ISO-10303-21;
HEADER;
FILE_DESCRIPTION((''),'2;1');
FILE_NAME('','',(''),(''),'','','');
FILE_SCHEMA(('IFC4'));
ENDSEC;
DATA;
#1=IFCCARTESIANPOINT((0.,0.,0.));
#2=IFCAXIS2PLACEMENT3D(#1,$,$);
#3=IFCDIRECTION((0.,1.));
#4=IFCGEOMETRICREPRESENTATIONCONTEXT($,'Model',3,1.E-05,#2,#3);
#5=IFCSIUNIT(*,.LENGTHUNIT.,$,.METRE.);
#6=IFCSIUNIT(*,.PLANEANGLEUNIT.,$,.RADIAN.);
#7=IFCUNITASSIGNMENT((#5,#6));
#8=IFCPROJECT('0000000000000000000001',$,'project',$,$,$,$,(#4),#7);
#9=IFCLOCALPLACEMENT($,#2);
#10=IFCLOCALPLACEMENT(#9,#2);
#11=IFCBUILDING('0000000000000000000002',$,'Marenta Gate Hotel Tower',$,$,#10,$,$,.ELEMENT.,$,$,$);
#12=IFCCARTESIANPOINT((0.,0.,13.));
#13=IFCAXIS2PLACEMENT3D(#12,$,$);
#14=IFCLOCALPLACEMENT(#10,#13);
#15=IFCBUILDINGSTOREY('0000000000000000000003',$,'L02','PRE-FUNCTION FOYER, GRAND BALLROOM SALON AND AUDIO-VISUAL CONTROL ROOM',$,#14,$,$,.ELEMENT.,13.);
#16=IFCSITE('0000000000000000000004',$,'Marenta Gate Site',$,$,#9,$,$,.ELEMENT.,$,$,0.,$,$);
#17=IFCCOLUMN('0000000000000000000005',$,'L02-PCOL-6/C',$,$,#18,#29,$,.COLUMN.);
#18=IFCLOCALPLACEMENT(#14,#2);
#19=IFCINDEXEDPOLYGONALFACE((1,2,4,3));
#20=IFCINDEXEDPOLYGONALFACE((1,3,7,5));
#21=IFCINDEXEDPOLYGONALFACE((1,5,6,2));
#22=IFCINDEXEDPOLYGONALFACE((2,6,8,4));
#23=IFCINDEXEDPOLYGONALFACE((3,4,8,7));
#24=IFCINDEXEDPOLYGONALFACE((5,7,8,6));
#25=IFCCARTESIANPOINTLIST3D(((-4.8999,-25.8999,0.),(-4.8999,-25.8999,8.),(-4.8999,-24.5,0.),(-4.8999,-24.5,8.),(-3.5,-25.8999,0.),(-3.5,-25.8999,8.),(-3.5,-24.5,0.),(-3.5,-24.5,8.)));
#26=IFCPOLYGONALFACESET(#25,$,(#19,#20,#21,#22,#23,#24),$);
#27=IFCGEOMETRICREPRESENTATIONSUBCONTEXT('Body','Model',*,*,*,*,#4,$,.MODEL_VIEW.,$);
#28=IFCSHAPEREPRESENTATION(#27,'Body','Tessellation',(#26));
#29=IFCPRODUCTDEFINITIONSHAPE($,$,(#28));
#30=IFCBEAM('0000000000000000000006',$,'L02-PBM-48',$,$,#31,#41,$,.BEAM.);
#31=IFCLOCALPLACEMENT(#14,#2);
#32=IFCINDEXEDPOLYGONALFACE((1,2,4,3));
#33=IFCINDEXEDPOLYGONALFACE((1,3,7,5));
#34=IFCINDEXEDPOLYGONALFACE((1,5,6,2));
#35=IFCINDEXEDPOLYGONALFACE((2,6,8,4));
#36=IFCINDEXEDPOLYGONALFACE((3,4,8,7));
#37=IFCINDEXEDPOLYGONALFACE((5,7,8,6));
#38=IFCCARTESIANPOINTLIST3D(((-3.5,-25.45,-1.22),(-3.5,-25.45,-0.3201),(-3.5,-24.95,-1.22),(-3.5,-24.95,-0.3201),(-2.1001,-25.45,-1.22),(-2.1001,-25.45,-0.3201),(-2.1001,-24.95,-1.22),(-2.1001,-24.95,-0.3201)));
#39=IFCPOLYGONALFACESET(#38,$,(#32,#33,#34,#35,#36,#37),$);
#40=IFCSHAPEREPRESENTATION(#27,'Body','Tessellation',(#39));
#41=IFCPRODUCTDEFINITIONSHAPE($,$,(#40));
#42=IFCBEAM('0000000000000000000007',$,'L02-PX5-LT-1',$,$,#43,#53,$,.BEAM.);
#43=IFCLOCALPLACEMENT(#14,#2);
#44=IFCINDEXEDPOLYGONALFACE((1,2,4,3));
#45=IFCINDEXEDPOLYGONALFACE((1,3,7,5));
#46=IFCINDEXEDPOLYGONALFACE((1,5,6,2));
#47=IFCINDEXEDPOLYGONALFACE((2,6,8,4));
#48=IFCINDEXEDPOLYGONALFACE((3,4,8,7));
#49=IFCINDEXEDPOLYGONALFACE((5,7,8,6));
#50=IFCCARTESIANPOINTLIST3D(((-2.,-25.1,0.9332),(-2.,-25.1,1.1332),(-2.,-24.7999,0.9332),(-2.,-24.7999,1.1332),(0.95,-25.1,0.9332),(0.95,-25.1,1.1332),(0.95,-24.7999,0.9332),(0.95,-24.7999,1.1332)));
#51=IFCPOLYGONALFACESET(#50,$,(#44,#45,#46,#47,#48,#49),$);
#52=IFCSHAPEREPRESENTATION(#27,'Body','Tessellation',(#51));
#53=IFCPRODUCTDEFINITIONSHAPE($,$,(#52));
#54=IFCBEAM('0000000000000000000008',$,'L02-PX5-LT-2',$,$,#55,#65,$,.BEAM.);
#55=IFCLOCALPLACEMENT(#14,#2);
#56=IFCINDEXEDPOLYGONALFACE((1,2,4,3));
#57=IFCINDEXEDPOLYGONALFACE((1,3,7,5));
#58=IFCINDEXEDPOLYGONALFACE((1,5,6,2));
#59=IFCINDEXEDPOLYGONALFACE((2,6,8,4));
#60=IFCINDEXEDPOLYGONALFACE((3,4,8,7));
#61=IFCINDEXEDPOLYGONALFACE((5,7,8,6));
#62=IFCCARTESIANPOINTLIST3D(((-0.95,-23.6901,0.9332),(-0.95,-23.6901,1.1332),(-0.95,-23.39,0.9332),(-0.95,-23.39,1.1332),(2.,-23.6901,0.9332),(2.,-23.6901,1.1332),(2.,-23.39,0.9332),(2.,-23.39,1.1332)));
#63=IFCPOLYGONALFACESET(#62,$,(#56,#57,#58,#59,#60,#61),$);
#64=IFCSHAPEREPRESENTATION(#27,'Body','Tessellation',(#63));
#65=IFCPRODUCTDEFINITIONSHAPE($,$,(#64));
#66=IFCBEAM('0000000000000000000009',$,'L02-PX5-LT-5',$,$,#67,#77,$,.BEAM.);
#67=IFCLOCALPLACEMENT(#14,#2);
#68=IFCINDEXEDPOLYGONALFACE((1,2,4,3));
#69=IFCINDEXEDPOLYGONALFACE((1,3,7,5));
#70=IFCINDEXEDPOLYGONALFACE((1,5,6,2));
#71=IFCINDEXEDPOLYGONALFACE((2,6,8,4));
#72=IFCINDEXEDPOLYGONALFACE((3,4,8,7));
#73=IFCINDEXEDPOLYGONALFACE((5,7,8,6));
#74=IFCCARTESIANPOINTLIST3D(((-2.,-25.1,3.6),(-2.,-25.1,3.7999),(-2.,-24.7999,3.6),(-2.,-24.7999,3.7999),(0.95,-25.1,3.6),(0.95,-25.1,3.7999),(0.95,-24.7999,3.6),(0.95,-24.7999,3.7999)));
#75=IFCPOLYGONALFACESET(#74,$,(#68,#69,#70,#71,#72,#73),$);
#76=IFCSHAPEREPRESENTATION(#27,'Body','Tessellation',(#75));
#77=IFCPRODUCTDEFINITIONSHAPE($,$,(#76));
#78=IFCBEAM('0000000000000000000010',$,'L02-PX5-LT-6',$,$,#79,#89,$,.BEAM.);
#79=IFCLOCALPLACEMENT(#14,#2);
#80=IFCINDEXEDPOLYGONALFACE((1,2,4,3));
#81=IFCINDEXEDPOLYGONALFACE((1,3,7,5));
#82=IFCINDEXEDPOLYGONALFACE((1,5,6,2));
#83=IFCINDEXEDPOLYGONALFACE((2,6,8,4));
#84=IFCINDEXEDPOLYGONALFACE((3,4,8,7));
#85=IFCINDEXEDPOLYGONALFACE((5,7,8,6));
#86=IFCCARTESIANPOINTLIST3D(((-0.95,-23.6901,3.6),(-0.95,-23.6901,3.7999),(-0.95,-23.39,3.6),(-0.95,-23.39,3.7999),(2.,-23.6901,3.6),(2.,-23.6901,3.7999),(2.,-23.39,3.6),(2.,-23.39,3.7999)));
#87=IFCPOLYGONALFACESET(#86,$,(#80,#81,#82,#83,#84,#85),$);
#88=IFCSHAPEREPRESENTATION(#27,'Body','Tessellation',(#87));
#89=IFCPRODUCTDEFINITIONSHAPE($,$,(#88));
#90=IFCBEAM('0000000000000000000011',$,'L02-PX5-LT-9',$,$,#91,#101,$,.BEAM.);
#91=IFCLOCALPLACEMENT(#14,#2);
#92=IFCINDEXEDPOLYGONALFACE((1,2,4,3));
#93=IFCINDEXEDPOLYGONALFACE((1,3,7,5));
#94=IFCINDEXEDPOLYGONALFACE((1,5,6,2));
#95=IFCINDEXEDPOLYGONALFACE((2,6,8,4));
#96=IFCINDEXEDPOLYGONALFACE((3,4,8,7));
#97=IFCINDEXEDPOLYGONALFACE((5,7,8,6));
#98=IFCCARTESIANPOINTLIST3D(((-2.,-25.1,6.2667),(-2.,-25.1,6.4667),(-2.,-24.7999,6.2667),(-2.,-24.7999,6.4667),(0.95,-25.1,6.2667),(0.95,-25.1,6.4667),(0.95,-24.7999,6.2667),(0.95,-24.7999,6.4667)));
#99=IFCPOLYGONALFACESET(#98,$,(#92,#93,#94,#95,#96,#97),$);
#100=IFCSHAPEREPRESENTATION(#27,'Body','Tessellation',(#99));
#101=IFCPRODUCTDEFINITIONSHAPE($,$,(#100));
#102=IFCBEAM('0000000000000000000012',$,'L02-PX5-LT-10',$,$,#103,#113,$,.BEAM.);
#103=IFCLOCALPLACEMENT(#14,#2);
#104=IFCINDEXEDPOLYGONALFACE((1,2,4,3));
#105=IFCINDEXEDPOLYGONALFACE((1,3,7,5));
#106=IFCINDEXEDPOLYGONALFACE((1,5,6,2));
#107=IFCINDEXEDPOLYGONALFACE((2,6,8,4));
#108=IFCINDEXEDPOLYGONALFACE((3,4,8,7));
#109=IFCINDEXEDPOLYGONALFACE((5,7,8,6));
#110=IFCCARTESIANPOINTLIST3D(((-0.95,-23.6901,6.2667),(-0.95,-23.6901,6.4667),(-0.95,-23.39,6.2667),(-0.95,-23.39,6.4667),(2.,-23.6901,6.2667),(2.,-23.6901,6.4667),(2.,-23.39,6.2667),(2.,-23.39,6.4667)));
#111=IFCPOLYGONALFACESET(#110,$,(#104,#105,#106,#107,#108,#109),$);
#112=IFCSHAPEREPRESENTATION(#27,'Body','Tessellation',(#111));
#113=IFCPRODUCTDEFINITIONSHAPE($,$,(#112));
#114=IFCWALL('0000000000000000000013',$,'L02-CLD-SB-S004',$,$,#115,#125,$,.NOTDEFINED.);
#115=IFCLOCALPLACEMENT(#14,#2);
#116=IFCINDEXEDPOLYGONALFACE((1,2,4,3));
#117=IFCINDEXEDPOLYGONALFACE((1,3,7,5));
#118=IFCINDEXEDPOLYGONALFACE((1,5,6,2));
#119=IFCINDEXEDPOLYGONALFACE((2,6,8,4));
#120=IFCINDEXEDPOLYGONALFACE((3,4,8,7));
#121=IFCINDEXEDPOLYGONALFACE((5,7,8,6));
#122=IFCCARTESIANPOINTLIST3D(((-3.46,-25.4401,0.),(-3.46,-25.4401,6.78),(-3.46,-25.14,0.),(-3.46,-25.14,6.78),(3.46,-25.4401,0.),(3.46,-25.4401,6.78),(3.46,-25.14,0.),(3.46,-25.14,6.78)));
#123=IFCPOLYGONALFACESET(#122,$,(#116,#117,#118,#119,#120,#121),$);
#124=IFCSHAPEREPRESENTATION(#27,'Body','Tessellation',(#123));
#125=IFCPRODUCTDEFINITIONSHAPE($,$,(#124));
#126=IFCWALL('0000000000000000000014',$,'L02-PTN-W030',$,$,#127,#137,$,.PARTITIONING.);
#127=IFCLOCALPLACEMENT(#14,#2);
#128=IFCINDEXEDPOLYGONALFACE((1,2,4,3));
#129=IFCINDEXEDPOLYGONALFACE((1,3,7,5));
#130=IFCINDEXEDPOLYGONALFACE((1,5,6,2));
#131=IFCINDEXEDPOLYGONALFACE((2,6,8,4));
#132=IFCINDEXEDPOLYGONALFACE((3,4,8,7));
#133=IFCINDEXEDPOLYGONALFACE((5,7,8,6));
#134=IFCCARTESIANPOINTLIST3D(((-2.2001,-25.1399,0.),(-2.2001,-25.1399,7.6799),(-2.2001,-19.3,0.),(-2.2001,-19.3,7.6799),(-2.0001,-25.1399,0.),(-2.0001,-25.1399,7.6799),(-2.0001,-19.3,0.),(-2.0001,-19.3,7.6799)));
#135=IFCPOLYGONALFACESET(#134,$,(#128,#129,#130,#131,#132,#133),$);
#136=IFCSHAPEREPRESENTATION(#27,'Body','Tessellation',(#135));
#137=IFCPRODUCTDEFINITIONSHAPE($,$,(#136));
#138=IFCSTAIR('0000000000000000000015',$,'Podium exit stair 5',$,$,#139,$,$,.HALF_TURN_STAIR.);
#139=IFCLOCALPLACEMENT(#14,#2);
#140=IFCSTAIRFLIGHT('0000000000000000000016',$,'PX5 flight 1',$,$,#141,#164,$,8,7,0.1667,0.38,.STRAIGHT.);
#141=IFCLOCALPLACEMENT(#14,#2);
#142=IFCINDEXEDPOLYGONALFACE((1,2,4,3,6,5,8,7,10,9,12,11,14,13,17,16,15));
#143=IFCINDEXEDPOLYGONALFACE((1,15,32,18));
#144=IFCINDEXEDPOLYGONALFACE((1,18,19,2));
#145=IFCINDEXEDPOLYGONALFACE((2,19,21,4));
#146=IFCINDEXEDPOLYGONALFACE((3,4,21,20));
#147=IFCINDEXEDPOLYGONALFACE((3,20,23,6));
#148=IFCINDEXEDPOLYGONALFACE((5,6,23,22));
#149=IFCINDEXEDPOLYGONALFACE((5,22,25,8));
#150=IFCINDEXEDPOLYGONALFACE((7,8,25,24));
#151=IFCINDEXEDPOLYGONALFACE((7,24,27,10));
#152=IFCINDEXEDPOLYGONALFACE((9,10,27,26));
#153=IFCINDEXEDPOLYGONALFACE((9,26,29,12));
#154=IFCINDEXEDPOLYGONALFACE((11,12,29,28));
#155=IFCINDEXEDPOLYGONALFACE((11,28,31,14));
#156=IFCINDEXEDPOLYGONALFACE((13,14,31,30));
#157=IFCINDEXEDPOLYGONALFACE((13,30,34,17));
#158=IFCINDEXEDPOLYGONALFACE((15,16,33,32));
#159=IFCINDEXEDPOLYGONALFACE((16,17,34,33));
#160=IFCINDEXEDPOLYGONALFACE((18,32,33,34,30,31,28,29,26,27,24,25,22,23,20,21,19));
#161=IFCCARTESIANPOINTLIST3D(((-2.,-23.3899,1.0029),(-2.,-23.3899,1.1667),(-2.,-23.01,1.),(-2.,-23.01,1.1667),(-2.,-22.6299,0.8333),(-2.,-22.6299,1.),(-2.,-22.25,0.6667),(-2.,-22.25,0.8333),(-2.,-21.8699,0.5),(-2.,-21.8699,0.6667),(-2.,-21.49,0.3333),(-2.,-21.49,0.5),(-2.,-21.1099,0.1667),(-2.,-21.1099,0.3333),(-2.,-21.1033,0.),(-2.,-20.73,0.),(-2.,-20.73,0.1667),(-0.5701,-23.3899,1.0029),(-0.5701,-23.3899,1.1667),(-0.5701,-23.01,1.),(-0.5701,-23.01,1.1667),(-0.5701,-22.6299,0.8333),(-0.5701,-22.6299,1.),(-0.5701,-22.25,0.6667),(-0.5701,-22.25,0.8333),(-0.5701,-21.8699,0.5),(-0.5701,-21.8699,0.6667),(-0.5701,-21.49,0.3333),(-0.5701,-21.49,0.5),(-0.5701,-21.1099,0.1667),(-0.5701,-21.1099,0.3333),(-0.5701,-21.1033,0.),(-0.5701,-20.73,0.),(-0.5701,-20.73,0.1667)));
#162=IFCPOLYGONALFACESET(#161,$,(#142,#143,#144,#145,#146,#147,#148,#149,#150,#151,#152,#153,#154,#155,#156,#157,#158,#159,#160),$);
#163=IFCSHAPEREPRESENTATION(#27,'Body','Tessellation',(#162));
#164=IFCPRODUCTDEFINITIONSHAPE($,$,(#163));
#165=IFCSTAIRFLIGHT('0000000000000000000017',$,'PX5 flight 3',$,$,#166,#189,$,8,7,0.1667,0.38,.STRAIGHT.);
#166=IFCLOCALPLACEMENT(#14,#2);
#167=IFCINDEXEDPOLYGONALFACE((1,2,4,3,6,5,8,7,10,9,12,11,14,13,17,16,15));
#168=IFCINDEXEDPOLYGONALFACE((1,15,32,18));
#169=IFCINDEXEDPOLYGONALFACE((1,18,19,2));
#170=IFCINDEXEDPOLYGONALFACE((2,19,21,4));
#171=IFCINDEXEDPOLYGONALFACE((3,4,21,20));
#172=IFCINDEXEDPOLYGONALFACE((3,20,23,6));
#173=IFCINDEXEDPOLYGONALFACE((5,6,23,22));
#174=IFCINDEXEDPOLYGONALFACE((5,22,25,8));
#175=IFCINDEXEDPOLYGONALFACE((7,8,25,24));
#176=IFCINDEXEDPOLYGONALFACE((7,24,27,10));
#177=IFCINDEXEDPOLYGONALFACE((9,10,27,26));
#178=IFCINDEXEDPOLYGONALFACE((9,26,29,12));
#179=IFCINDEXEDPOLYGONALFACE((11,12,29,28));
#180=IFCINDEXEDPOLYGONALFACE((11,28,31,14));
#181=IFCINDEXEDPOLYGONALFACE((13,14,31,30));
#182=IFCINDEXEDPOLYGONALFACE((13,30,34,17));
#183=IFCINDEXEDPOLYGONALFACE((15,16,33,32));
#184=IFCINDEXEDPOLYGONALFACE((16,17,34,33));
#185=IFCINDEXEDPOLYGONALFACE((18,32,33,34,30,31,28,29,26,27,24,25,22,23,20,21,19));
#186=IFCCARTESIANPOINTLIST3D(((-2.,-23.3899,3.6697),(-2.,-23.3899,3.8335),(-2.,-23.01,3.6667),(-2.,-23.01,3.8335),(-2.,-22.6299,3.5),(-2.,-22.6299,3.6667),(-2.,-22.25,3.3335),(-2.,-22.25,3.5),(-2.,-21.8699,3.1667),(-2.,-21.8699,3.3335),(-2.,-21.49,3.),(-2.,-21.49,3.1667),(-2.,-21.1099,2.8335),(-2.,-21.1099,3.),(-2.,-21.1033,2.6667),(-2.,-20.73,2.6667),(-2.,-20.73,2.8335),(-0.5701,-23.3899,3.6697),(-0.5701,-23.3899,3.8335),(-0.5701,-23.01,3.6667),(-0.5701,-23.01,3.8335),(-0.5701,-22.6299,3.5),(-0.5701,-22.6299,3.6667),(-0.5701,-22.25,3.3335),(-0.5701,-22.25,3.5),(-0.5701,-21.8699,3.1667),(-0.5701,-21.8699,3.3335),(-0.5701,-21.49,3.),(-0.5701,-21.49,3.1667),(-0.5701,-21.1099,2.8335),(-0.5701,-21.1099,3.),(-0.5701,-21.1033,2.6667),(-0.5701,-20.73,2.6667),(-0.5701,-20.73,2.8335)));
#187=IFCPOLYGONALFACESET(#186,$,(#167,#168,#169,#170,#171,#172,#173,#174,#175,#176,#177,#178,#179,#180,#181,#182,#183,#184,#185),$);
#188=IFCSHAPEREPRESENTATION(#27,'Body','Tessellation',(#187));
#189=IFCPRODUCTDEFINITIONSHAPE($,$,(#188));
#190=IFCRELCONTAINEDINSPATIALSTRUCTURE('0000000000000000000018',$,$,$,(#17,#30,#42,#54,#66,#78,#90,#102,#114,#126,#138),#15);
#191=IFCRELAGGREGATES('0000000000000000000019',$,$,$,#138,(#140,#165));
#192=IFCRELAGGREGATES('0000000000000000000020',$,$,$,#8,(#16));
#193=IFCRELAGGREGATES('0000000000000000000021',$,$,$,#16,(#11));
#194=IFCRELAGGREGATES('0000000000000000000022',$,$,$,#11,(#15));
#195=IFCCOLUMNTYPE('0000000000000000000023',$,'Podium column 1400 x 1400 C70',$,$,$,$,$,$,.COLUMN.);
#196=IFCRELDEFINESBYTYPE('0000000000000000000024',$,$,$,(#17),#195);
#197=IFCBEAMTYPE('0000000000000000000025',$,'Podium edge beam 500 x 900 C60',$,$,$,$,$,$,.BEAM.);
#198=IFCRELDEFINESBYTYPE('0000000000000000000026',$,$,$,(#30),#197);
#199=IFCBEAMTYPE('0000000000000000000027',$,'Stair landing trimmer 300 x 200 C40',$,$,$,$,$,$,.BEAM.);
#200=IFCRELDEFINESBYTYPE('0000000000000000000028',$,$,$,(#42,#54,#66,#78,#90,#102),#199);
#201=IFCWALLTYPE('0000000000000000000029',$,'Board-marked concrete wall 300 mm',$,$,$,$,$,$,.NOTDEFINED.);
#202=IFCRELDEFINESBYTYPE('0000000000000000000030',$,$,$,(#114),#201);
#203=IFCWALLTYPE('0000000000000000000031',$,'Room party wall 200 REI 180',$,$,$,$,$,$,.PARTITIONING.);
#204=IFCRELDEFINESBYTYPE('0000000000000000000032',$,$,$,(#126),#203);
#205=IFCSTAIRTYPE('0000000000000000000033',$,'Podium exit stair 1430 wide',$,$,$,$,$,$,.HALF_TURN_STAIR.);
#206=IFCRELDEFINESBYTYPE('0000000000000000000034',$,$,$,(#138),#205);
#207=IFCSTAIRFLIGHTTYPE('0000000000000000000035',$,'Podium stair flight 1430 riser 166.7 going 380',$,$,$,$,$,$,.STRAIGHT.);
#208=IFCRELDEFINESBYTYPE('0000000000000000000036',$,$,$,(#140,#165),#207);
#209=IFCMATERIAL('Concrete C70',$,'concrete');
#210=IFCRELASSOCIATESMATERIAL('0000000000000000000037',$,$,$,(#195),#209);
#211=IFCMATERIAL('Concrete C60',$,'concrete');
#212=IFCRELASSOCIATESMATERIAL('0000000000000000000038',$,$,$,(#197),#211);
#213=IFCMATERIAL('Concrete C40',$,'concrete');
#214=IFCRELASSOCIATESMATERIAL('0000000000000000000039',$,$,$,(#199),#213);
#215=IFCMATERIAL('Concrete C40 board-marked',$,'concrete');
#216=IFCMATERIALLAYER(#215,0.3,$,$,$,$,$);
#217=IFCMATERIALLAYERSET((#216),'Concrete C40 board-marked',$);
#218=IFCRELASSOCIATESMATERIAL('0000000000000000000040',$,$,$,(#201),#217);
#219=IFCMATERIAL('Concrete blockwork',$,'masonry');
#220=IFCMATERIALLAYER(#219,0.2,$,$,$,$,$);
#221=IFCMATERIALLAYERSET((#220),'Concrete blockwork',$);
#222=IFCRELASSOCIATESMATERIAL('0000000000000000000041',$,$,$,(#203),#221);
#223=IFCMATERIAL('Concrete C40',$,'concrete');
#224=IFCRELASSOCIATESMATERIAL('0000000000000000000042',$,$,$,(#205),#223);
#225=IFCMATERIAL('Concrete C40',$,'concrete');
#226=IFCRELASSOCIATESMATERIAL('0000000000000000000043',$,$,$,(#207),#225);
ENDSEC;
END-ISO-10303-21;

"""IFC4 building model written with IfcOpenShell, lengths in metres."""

from ifc_helpers import new_model, si_unit, direction, frame, frame_2d, origin, origin_2d, place, context, subcontext, project, spatial, polyline, rectangle, outline, extrude, material, layer, layer_set, material_profile, profile_set, type_object, element, aggregate, save


model = new_model("IFC4")

# Units and contexts
model_context = context("Model", 3, precision=1e-05, world=origin(), true_north=direction((0.0, 1.0)))
body_context = subcontext(model_context, "Body", "Model", "MODEL_VIEW")
ifc_project = project(units=[si_unit("LENGTHUNIT", "METRE"), si_unit("PLANEANGLEUNIT", "RADIAN")], contexts=[model_context])

# Site, building, storey
site_placement = place(None, origin())
site = spatial("IfcSite", under=ifc_project, at=site_placement, Name="Marenta Gate Site", CompositionType="ELEMENT", RefElevation=0.0)
building_placement = place(site_placement, origin())
building = spatial("IfcBuilding", under=site, at=building_placement, Name="Marenta Gate Hotel Tower", CompositionType="ELEMENT")
storey_placement = place(building_placement, frame((0.0, 0.0, 13.0)))
storey = spatial("IfcBuildingStorey", under=building, at=storey_placement, Name="L02", Description="PRE-FUNCTION FOYER, GRAND BALLROOM SALON AND AUDIO-VISUAL CONTROL ROOM", CompositionType="ELEMENT", Elevation=13.0)

# Column
ifc_material_1 = material(Name="Concrete C70", Category="concrete")
ifc_material_profile_1 = material_profile(ifc_material_1, rectangle(XDim=1.3999, YDim=1.3999, at=origin_2d()), Name="1400 x 1400")
ifc_profile_set_1 = profile_set([ifc_material_profile_1], Name="Concrete C70")
column_type = type_object("IfcColumnType", Name="Podium column 1400 x 1400 C70", PredefinedType="COLUMN", material=ifc_profile_set_1)
column_placement = place(storey_placement, frame((-4.2, -25.2, 0.0), z_axis=(0.0, 0.0, 1.0), x_axis=(1.0, 0.0, 0.0)))
element("IfcColumn", 1, at=column_placement, inside=storey, type_object=column_type, Name="L02-PCOL-6/C", PredefinedType="COLUMN", context=body_context, shape_type="SweptSolid", body=[
    extrude(rectangle(XDim=1.3999, YDim=1.3999, at=origin_2d()), origin(), (0.0, 0.0, 1.0), 8.0),
])

# Beams
ifc_material_2 = material(Name="Concrete C60", Category="concrete")
ifc_material_profile_2 = material_profile(ifc_material_2, rectangle(XDim=0.5, YDim=0.8999, at=origin_2d()), Name="500 x 900")
ifc_profile_set_2 = profile_set([ifc_material_profile_2], Name="Concrete C60")
beam_type_1 = type_object("IfcBeamType", Name="Podium edge beam 500 x 900 C60", PredefinedType="BEAM", material=ifc_profile_set_2)
beam_placement = place(storey_placement, frame((-3.5, -25.2, -0.77), z_axis=(1.0, 0.0, 0.0), x_axis=(0.0, 1.0, 0.0)))
element("IfcBeam", 2, at=beam_placement, inside=storey, type_object=beam_type_1, Name="L02-PBM-48", PredefinedType="BEAM", context=body_context, shape_type="SweptSolid", body=[
    extrude(rectangle(XDim=0.5, YDim=0.8999, at=origin_2d()), origin(), (0.0, 0.0, 1.0), 1.3999),
])
ifc_material_3 = material(Name="Concrete C40", Category="concrete")
ifc_material_profile_3 = material_profile(ifc_material_3, rectangle(XDim=0.3, YDim=0.2, at=origin_2d()), Name="300 x 200")
ifc_profile_set_3 = profile_set([ifc_material_profile_3], Name="Concrete C40")
beam_type_2 = type_object("IfcBeamType", Name="Stair landing trimmer 300 x 200 C40", PredefinedType="BEAM", material=ifc_profile_set_3)
for number, where, z_axis, x_axis, name in (
    (3, (-2.0, -24.95, 1.0332), (1.0, 0.0, 0.0), (0.0, 1.0, 0.0), "L02-PX5-LT-1"),
    (4, (-0.95, -23.54, 1.0332), (1.0, 0.0, 0.0), (0.0, 1.0, 0.0), "L02-PX5-LT-2"),
    (5, (-2.0, -24.95, 3.7), (1.0, 0.0, 0.0), (0.0, 1.0, 0.0), "L02-PX5-LT-5"),
    (6, (-0.95, -23.54, 3.7), (1.0, 0.0, 0.0), (0.0, 1.0, 0.0), "L02-PX5-LT-6"),
    (7, (-2.0, -24.95, 6.3667), (1.0, 0.0, 0.0), (0.0, 1.0, 0.0), "L02-PX5-LT-9"),
    (8, (-0.95, -23.54, 6.3667), (1.0, 0.0, 0.0), (0.0, 1.0, 0.0), "L02-PX5-LT-10"),
):
    element("IfcBeam", number, at=place(storey_placement, frame(where, z_axis=z_axis, x_axis=x_axis)), inside=storey, type_object=beam_type_2, Name=name, PredefinedType="BEAM", context=body_context, shape_type="SweptSolid", body=[
        extrude(rectangle(XDim=0.3, YDim=0.2, at=origin_2d()), origin(), (0.0, 0.0, 1.0), 2.95),
    ])

# Walls
ifc_material_4 = material(Name="Concrete C40 board-marked", Category="concrete")
ifc_layer_1 = layer(ifc_material_4, 0.3)
ifc_layer_set_1 = layer_set([ifc_layer_1], Name="Concrete C40 board-marked")
wall_type_1 = type_object("IfcWallType", Name="Board-marked concrete wall 300 mm", PredefinedType="NOTDEFINED", material=ifc_layer_set_1)
wall_1_placement = place(storey_placement, frame((-3.46, -25.29, 0.0), z_axis=(0.0, 0.0, 1.0), x_axis=(1.0, 0.0, 0.0)))
element("IfcWall", 9, at=wall_1_placement, inside=storey, type_object=wall_type_1, Name="L02-CLD-SB-S004", PredefinedType="NOTDEFINED", context=body_context, shape_type="SweptSolid", body=[
    extrude(rectangle(XDim=6.9199, YDim=0.3, at=frame_2d((3.46, 0.0))), origin(), (0.0, 0.0, 1.0), 6.78),
])
ifc_material_5 = material(Name="Concrete blockwork", Category="masonry")
ifc_layer_2 = layer(ifc_material_5, 0.2)
ifc_layer_set_2 = layer_set([ifc_layer_2], Name="Concrete blockwork")
wall_type_2 = type_object("IfcWallType", Name="Room party wall 200 REI 180", PredefinedType="PARTITIONING", material=ifc_layer_set_2)
wall_2_placement = place(storey_placement, frame((-2.1001, -25.1399, 0.0), z_axis=(0.0, 0.0, 1.0), x_axis=(0.0, 1.0, 0.0)))
element("IfcWall", 10, at=wall_2_placement, inside=storey, type_object=wall_type_2, Name="L02-PTN-W030", PredefinedType="PARTITIONING", context=body_context, shape_type="SweptSolid", body=[
    extrude(rectangle(XDim=5.8398, YDim=0.2, at=frame_2d((2.9199, 0.0))), origin(), (0.0, 0.0, 1.0), 7.6799),
])

# Stair, stair flights
ifc_material_6 = material(Name="Concrete C40", Category="concrete")
stair_type = type_object("IfcStairType", Name="Podium exit stair 1430 wide", PredefinedType="HALF_TURN_STAIR", material=ifc_material_6)
stair_placement = place(storey_placement, origin())
stair = element("IfcStair", 11, at=stair_placement, inside=storey, type_object=stair_type, Name="Podium exit stair 5", PredefinedType="HALF_TURN_STAIR")
ifc_material_7 = material(Name="Concrete C40", Category="concrete")
stair_flight_type = type_object("IfcStairFlightType", Name="Podium stair flight 1430 riser 166.7 going 380", PredefinedType="STRAIGHT", material=ifc_material_7)
stair_flight_1_placement = place(storey_placement, frame((-1.2849, -20.73, 0.0), z_axis=(0.0, 0.0, 1.0), x_axis=(0.0, -1.0, 0.0)))
stair_flight_1 = element("IfcStairFlight", 12, at=stair_flight_1_placement, type_object=stair_flight_type, Name="PX5 flight 1", NumberOfRisers=8, NumberOfTreads=7, PredefinedType="STRAIGHT", RiserHeight=0.1667, TreadLength=0.38, context=body_context, shape_type="SweptSolid", body=[
    extrude(outline(polyline([(0.0, 0.0), (0.0, 0.1667), (0.3799, 0.1667), (0.3799, 0.3333), (0.76, 0.3333), (0.76, 0.5), (1.1399, 0.5), (1.1399, 0.6667), (1.52, 0.6667), (1.52, 0.8333), (1.8999, 0.8333), (1.8999, 1.0), (2.28, 1.0), (2.28, 1.1667), (2.6599, 1.1667), (2.6599, 1.3333), (2.6599, 1.0029), (0.3733, 0.0), (0.0, 0.0)])), frame((0.0, 0.7148, 0.0), z_axis=(0.0, -1.0, 0.0), x_axis=(1.0, 0.0, 0.0)), (0.0, 0.0, 1.0), 1.4299),
])
stair_flight_2_placement = place(storey_placement, frame((-1.2849, -20.73, 2.6667), z_axis=(0.0, 0.0, 1.0), x_axis=(0.0, -1.0, 0.0)))
stair_flight_2 = element("IfcStairFlight", 13, at=stair_flight_2_placement, type_object=stair_flight_type, Name="PX5 flight 3", NumberOfRisers=8, NumberOfTreads=7, PredefinedType="STRAIGHT", RiserHeight=0.1667, TreadLength=0.38, context=body_context, shape_type="SweptSolid", body=[
    extrude(outline(polyline([(0.0, 0.0), (0.0, 0.1667), (0.3799, 0.1667), (0.3799, 0.3333), (0.76, 0.3333), (0.76, 0.5), (1.1399, 0.5), (1.1399, 0.6667), (1.52, 0.6667), (1.52, 0.8333), (1.8999, 0.8333), (1.8999, 1.0), (2.28, 1.0), (2.28, 1.1667), (2.6599, 1.1667), (2.6599, 1.3333), (2.6599, 1.0029), (0.3733, 0.0), (0.0, 0.0)])), frame((0.0, 0.7148, 0.0), z_axis=(0.0, -1.0, 0.0), x_axis=(1.0, 0.0, 0.0)), (0.0, 0.0, 1.0), 1.4299),
])
aggregate(stair, [stair_flight_1, stair_flight_2])

save(model, "model.ifc")
